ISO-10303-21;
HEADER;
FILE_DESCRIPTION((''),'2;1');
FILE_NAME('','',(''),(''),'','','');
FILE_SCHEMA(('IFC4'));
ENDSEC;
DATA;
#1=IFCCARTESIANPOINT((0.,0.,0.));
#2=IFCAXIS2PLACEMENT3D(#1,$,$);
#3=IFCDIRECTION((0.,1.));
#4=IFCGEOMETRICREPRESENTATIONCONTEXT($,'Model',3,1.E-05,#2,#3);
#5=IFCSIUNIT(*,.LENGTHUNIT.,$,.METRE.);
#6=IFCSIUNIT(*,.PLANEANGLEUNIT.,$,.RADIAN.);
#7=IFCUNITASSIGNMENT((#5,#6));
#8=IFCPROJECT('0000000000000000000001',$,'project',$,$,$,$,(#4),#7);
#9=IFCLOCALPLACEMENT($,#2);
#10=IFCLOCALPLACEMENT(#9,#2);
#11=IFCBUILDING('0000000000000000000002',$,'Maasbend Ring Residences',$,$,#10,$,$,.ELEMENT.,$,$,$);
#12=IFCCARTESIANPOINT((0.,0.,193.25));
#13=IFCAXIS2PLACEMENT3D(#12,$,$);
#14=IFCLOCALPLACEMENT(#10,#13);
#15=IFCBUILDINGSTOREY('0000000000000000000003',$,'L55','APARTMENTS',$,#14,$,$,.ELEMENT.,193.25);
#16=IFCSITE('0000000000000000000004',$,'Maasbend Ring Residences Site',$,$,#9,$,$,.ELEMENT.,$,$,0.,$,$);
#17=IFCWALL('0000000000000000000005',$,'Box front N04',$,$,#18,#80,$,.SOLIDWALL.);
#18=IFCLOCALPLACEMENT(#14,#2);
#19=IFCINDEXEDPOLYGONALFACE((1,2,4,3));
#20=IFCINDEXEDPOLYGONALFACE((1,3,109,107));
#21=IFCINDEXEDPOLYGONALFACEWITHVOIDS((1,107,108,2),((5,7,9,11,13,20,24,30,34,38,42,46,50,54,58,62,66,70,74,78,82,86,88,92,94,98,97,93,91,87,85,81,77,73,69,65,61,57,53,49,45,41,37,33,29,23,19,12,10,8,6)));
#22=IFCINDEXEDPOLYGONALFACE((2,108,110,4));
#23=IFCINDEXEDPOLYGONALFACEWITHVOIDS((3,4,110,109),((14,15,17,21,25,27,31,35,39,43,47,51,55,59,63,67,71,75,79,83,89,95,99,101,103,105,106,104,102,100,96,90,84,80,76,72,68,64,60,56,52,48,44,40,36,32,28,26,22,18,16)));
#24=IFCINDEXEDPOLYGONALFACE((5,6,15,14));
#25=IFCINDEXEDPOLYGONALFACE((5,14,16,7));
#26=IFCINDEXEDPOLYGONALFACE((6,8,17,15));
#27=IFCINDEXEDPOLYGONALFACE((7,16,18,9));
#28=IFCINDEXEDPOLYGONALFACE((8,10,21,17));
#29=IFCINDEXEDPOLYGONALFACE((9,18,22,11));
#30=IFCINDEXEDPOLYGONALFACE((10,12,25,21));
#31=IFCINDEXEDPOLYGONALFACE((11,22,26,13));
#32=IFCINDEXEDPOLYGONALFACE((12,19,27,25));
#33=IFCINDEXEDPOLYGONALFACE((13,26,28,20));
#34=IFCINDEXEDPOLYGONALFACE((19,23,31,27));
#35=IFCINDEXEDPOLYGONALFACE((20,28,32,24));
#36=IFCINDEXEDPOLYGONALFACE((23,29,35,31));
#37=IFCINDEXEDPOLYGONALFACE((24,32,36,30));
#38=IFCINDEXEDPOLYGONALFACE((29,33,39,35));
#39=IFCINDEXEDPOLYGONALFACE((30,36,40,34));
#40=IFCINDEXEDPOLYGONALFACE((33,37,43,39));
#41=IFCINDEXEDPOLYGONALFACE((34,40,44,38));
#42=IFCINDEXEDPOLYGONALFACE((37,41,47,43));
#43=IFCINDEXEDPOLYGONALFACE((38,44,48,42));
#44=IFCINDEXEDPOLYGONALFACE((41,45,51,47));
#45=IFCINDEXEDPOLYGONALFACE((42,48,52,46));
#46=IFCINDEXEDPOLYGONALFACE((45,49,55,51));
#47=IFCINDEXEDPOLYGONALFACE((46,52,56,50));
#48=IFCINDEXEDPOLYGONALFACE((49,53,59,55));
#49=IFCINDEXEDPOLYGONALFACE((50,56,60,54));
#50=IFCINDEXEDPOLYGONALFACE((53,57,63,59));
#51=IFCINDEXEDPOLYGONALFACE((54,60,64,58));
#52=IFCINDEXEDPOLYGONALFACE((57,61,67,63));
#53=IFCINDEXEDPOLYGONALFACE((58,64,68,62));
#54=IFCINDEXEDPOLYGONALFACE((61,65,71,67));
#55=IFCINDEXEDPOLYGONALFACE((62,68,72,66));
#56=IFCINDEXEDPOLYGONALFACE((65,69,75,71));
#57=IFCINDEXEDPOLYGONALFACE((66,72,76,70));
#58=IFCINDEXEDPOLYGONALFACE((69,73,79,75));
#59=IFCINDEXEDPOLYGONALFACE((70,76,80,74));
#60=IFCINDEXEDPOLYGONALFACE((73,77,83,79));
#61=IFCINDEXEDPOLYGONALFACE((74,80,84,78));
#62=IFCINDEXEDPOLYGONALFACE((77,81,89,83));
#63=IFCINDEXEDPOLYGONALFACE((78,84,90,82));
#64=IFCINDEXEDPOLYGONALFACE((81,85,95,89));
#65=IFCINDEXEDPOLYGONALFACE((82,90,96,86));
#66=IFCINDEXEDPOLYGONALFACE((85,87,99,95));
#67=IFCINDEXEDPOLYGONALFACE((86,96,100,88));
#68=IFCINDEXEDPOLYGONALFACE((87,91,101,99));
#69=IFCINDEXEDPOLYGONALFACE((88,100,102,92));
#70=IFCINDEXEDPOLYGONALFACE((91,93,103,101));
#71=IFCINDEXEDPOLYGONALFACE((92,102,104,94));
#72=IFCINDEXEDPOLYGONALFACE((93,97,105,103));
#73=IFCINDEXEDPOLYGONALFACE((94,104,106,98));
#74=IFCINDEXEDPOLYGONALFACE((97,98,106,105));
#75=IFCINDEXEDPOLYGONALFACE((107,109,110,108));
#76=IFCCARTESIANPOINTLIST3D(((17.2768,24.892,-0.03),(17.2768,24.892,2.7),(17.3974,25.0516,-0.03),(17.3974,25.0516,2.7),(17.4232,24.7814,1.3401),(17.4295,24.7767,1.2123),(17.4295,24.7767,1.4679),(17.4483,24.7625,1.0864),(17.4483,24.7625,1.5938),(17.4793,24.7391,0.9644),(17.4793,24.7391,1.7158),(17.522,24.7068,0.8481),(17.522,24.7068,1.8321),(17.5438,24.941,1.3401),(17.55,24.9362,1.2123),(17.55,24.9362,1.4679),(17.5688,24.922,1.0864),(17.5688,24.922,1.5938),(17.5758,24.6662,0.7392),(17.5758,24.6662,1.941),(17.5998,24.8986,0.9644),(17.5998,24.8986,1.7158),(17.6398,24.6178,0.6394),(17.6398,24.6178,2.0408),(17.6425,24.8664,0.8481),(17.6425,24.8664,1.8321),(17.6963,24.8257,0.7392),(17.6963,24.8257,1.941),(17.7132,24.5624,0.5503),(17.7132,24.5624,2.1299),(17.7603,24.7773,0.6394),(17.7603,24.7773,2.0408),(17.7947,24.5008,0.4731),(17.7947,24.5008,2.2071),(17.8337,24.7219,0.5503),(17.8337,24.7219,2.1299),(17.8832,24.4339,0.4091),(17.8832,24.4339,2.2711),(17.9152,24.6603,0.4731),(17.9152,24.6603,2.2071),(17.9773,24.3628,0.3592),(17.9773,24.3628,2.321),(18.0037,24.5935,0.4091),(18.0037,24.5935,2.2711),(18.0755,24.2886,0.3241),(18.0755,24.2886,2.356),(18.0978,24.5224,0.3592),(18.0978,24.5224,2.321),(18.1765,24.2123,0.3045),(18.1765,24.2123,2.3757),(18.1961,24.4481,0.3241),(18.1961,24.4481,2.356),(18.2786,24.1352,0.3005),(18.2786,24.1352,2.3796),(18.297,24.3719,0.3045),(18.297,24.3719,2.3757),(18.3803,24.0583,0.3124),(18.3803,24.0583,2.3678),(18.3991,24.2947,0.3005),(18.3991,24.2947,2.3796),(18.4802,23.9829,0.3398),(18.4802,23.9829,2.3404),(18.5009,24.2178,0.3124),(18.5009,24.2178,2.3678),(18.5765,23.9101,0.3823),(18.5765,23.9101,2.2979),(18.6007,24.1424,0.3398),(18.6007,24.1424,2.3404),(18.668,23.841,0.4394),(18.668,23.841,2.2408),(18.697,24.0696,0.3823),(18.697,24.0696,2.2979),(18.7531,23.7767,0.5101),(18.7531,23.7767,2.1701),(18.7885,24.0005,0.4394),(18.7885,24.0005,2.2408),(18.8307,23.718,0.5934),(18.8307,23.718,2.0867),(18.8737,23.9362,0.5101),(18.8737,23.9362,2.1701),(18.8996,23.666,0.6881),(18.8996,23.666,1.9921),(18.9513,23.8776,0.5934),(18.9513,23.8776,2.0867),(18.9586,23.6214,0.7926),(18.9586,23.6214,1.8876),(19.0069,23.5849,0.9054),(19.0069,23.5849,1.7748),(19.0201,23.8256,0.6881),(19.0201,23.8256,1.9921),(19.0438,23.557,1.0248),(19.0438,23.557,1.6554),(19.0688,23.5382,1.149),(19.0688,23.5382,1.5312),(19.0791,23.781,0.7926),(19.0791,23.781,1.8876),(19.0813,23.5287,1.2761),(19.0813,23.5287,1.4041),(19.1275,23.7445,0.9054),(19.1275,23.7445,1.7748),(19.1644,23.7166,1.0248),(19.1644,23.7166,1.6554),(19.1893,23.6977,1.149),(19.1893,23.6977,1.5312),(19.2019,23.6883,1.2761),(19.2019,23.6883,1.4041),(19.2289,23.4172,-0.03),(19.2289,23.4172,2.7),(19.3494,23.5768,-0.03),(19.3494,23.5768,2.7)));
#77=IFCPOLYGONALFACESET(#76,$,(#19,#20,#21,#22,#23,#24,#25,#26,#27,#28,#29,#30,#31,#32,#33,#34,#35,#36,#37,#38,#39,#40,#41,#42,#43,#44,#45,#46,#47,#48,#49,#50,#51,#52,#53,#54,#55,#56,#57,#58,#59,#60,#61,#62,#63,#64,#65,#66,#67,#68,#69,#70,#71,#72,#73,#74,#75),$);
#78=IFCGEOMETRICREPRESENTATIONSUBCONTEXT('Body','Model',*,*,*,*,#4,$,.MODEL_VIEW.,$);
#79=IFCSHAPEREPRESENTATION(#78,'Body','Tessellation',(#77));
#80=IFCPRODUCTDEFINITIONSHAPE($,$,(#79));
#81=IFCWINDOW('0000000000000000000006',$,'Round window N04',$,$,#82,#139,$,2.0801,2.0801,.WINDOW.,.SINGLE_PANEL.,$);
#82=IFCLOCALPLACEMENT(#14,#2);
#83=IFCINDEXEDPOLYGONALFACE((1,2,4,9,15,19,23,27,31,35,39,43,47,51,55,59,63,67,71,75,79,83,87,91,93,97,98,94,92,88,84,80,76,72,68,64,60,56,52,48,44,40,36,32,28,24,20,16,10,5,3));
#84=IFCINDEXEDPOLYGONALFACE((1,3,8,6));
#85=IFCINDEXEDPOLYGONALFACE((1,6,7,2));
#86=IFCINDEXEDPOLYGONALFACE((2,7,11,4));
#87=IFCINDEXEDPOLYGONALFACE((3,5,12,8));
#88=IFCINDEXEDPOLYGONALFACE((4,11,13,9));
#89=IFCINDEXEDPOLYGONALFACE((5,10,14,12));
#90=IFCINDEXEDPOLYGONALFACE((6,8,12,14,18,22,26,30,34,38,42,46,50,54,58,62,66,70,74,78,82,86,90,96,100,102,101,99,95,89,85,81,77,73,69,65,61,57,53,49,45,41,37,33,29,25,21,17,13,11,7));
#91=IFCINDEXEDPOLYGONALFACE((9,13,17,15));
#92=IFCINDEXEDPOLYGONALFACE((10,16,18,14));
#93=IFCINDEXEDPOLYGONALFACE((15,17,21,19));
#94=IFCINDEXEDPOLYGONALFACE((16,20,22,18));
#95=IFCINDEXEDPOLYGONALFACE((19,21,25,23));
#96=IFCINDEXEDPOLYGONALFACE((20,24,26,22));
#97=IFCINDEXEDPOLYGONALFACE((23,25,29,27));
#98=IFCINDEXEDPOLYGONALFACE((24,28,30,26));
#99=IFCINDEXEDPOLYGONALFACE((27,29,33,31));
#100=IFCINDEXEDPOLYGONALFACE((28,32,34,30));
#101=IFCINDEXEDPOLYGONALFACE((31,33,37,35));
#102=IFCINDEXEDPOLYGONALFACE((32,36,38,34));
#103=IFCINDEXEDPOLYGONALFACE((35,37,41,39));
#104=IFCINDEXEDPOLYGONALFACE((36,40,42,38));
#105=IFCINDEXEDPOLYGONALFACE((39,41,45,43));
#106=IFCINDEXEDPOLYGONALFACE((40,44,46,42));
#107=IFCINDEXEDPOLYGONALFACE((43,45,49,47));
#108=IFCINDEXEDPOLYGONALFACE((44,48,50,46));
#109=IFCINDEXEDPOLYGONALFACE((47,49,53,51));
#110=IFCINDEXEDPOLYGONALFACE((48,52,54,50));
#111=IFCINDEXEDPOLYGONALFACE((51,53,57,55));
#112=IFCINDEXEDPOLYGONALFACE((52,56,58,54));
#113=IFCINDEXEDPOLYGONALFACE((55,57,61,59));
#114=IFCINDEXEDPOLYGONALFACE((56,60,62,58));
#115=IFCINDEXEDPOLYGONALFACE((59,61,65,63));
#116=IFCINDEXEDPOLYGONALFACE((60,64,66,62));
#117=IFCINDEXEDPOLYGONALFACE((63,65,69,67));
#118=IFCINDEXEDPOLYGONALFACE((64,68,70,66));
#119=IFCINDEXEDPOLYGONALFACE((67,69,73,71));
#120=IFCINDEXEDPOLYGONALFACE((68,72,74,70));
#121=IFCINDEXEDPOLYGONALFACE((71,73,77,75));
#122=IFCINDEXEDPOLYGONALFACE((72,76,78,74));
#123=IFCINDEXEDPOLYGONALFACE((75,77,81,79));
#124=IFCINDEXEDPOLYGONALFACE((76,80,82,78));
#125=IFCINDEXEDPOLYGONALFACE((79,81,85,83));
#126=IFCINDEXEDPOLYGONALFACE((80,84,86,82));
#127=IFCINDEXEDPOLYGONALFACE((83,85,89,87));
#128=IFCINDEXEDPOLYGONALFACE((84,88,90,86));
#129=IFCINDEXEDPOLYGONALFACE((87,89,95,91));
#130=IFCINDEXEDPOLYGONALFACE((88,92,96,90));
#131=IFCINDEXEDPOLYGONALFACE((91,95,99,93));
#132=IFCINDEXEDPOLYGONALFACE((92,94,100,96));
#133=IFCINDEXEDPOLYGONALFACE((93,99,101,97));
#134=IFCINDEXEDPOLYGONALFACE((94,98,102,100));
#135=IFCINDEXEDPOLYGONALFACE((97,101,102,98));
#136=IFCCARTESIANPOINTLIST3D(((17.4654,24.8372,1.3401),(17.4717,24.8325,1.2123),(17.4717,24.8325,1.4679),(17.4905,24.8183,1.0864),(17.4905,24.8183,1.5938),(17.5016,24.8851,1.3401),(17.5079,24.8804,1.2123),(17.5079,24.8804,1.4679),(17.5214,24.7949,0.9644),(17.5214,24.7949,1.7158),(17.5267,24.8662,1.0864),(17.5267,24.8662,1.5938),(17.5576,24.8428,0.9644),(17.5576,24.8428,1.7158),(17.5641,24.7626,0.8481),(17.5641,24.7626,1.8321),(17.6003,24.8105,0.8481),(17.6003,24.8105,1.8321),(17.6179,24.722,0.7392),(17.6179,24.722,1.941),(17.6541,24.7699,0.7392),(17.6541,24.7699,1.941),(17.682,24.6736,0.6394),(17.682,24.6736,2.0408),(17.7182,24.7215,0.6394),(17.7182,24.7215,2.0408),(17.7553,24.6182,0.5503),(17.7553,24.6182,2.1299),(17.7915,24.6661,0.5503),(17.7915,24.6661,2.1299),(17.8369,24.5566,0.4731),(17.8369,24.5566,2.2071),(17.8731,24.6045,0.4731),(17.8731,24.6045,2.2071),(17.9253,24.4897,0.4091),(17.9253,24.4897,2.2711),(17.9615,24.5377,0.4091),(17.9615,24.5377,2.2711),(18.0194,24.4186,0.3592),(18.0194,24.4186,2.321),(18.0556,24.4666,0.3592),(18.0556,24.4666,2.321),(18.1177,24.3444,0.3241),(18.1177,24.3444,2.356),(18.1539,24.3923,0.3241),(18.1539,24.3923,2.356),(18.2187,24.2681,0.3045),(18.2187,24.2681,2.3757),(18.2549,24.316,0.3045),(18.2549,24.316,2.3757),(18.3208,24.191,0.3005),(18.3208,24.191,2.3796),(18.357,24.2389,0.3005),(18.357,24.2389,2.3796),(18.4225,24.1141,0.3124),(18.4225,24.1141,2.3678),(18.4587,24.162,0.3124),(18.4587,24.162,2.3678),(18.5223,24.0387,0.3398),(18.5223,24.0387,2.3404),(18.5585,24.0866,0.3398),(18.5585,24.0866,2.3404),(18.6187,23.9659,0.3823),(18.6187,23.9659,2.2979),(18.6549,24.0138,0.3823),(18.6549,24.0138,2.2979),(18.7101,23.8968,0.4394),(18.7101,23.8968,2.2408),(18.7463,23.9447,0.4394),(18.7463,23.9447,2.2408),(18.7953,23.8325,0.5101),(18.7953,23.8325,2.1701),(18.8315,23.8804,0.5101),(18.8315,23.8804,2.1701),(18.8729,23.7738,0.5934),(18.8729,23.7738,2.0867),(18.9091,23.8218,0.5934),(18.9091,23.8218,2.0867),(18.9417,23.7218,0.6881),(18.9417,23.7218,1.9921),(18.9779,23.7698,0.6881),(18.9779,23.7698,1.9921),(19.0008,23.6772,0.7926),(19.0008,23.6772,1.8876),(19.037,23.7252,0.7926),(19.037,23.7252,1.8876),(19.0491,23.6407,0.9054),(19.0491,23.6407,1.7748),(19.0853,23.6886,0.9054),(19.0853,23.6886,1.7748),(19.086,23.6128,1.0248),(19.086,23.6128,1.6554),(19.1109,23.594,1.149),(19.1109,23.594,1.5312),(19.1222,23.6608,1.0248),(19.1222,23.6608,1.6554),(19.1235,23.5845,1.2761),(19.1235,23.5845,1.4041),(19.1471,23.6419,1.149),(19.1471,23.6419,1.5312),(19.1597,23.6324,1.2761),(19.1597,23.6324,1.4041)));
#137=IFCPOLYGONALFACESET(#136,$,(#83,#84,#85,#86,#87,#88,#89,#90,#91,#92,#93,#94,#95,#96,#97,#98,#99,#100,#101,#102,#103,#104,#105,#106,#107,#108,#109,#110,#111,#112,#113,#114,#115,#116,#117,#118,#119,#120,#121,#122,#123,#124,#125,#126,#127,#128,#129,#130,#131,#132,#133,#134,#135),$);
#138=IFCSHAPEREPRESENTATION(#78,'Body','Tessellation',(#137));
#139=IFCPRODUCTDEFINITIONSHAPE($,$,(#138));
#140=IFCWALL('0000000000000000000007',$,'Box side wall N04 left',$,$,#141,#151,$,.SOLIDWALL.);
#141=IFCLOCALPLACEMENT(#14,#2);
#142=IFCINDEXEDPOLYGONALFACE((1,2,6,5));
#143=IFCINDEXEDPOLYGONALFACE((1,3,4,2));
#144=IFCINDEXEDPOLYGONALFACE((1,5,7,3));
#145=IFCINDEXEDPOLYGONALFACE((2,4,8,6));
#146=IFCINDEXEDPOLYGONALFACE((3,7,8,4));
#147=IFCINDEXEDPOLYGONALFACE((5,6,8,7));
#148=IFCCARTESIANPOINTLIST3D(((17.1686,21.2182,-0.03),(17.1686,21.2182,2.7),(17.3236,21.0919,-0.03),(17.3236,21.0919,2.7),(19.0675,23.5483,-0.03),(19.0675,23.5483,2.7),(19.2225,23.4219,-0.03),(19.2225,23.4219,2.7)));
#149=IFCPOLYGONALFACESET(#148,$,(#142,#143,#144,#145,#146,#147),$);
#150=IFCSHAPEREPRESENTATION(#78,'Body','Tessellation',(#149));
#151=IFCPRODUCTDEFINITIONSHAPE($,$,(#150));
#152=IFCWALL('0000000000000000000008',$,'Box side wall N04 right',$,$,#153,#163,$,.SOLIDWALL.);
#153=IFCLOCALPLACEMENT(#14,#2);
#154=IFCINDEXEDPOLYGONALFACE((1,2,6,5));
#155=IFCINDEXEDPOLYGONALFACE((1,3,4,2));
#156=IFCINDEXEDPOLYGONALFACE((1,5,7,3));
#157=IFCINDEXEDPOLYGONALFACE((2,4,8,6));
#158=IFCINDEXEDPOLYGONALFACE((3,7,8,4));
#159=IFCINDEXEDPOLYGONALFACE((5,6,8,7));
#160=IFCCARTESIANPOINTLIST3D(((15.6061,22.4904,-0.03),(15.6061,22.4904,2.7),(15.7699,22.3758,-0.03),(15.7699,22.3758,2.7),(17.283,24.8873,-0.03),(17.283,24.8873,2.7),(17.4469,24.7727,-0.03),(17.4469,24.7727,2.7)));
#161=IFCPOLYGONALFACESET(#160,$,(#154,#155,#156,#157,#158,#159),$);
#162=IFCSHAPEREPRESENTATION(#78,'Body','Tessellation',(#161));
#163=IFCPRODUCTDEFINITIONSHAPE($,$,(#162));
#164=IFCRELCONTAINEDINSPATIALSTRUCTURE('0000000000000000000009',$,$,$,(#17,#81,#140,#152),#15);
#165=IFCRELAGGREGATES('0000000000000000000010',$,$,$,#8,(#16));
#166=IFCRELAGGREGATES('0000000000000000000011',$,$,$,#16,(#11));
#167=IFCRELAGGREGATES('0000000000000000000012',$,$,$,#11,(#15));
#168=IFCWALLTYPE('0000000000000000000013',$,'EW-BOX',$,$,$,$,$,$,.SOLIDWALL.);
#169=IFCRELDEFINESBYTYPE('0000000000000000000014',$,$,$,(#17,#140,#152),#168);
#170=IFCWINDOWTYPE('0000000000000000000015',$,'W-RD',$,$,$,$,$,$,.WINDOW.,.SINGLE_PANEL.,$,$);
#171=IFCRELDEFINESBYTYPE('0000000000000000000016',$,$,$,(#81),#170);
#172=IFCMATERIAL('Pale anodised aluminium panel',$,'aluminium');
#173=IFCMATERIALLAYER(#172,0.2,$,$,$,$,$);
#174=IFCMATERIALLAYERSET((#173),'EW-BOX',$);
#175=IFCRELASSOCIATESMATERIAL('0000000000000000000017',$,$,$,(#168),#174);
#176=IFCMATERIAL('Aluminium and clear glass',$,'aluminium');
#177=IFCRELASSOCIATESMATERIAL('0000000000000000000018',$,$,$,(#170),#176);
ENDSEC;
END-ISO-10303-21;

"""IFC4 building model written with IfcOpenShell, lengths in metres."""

from ifc_helpers import new_model, si_unit, direction, frame, frame_2d, origin, place, context, subcontext, project, spatial, rectangle, circle, extrude, material, layer, layer_set, type_object, element, fill, save


model = new_model("IFC4")

# Units and contexts
model_context = context("Model", 3, precision=1e-05, world=origin(), true_north=direction((0.0, 1.0)))
body_context = subcontext(model_context, "Body", "Model", "MODEL_VIEW")
ifc_project = project(units=[si_unit("LENGTHUNIT", "METRE"), si_unit("PLANEANGLEUNIT", "RADIAN")], contexts=[model_context])

# Site, building, storey
site_placement = place(None, origin())
site = spatial("IfcSite", under=ifc_project, at=site_placement, Name="Maasbend Ring Residences Site", CompositionType="ELEMENT", RefElevation=0.0)
building_placement = place(site_placement, origin())
building = spatial("IfcBuilding", under=site, at=building_placement, Name="Maasbend Ring Residences", CompositionType="ELEMENT")
storey_placement = place(building_placement, frame((0.0, 0.0, 193.25)))
storey = spatial("IfcBuildingStorey", under=building, at=storey_placement, Name="L55", Description="APARTMENTS", CompositionType="ELEMENT", Elevation=193.25)

# Shared definitions
ifc_material_1 = material(Name="Pale anodised aluminium panel", Category="aluminium")
ifc_layer_1 = layer(ifc_material_1, 0.2)
ifc_layer_set_1 = layer_set([ifc_layer_1], Name="EW-BOX")
wall_type_1 = type_object("IfcWallType", Name="EW-BOX", PredefinedType="SOLIDWALL", material=ifc_layer_set_1)

# Wall, opening, window
wall_1_placement = place(storey_placement, frame((19.2891, 23.4971, -0.03), z_axis=(0.0, 0.0, 1.0), x_axis=(-0.797888, 0.602806, 0.0)))
wall_1 = element("IfcWall", 1, at=wall_1_placement, inside=storey, type_object=wall_type_1, Name="Box front N04", PredefinedType="SOLIDWALL", context=body_context, shape_type="SweptSolid", body=[
    extrude(rectangle(XDim=2.4465, YDim=0.2, at=frame_2d((1.2231, 0.0))), origin(), (0.0, 0.0, 1.0), 2.73),
])
opening_1_placement = place(wall_1_placement, frame((0.1829, 0.0, 0.3301)))
opening_1 = element("IfcOpeningElement", 2, at=opening_1_placement, cuts=wall_1, PredefinedType="OPENING", context=body_context, shape_type="SweptSolid", body=[
    extrude(circle(Radius=1.04, at=frame_2d((1.04, 1.04))), frame((0.0, 0.1099, 0.0), z_axis=(0.0, -1.0, 0.0), x_axis=(1.0, 0.0, 0.0)), (0.0, 0.0, 1.0), 0.22),
])
ifc_material_2 = material(Name="Aluminium and clear glass", Category="aluminium")
window_type_1 = type_object("IfcWindowType", Name="W-RD", PartitioningType="SINGLE_PANEL", PredefinedType="WINDOW", material=ifc_material_2)
window_1_placement = place(opening_1_placement, origin())
window_1 = element("IfcWindow", 3, at=window_1_placement, inside=storey, type_object=window_type_1, Name="Round window N04", OverallHeight=2.0801, OverallWidth=2.0801, PartitioningType="SINGLE_PANEL", PredefinedType="WINDOW", context=body_context, shape_type="SweptSolid", body=[
    extrude(circle(Radius=1.04, at=frame_2d((1.04, 1.04))), frame((0.0, 0.03, 0.0), z_axis=(0.0, -1.0, 0.0), x_axis=(1.0, 0.0, 0.0)), (0.0, 0.0, 1.0), 0.0601),
])
fill(opening_1, window_1)

# Walls
wall_2_placement = place(storey_placement, frame((17.2461, 21.155, -0.03), z_axis=(0.0, 0.0, 1.0), x_axis=(0.631742, 0.775179, 0.0)))
element("IfcWall", 4, at=wall_2_placement, inside=storey, type_object=wall_type_1, Name="Box side wall N04 left", PredefinedType="SOLIDWALL", context=body_context, shape_type="SweptSolid", body=[
    extrude(rectangle(XDim=3.0059, YDim=0.2, at=frame_2d((1.5029, 0.0))), origin(), (0.0, 0.0, 1.0), 2.73),
])
wall_3_placement = place(storey_placement, frame((15.688, 22.4331, -0.03), z_axis=(0.0, 0.0, 1.0), x_axis=(0.573261, 0.819373, 0.0)))
element("IfcWall", 5, at=wall_3_placement, inside=storey, type_object=wall_type_1, Name="Box side wall N04 right", PredefinedType="SOLIDWALL", context=body_context, shape_type="SweptSolid", body=[
    extrude(rectangle(XDim=2.9253, YDim=0.2, at=frame_2d((1.4626, 0.0))), origin(), (0.0, 0.0, 1.0), 2.73),
])

save(model, "model.ifc")
